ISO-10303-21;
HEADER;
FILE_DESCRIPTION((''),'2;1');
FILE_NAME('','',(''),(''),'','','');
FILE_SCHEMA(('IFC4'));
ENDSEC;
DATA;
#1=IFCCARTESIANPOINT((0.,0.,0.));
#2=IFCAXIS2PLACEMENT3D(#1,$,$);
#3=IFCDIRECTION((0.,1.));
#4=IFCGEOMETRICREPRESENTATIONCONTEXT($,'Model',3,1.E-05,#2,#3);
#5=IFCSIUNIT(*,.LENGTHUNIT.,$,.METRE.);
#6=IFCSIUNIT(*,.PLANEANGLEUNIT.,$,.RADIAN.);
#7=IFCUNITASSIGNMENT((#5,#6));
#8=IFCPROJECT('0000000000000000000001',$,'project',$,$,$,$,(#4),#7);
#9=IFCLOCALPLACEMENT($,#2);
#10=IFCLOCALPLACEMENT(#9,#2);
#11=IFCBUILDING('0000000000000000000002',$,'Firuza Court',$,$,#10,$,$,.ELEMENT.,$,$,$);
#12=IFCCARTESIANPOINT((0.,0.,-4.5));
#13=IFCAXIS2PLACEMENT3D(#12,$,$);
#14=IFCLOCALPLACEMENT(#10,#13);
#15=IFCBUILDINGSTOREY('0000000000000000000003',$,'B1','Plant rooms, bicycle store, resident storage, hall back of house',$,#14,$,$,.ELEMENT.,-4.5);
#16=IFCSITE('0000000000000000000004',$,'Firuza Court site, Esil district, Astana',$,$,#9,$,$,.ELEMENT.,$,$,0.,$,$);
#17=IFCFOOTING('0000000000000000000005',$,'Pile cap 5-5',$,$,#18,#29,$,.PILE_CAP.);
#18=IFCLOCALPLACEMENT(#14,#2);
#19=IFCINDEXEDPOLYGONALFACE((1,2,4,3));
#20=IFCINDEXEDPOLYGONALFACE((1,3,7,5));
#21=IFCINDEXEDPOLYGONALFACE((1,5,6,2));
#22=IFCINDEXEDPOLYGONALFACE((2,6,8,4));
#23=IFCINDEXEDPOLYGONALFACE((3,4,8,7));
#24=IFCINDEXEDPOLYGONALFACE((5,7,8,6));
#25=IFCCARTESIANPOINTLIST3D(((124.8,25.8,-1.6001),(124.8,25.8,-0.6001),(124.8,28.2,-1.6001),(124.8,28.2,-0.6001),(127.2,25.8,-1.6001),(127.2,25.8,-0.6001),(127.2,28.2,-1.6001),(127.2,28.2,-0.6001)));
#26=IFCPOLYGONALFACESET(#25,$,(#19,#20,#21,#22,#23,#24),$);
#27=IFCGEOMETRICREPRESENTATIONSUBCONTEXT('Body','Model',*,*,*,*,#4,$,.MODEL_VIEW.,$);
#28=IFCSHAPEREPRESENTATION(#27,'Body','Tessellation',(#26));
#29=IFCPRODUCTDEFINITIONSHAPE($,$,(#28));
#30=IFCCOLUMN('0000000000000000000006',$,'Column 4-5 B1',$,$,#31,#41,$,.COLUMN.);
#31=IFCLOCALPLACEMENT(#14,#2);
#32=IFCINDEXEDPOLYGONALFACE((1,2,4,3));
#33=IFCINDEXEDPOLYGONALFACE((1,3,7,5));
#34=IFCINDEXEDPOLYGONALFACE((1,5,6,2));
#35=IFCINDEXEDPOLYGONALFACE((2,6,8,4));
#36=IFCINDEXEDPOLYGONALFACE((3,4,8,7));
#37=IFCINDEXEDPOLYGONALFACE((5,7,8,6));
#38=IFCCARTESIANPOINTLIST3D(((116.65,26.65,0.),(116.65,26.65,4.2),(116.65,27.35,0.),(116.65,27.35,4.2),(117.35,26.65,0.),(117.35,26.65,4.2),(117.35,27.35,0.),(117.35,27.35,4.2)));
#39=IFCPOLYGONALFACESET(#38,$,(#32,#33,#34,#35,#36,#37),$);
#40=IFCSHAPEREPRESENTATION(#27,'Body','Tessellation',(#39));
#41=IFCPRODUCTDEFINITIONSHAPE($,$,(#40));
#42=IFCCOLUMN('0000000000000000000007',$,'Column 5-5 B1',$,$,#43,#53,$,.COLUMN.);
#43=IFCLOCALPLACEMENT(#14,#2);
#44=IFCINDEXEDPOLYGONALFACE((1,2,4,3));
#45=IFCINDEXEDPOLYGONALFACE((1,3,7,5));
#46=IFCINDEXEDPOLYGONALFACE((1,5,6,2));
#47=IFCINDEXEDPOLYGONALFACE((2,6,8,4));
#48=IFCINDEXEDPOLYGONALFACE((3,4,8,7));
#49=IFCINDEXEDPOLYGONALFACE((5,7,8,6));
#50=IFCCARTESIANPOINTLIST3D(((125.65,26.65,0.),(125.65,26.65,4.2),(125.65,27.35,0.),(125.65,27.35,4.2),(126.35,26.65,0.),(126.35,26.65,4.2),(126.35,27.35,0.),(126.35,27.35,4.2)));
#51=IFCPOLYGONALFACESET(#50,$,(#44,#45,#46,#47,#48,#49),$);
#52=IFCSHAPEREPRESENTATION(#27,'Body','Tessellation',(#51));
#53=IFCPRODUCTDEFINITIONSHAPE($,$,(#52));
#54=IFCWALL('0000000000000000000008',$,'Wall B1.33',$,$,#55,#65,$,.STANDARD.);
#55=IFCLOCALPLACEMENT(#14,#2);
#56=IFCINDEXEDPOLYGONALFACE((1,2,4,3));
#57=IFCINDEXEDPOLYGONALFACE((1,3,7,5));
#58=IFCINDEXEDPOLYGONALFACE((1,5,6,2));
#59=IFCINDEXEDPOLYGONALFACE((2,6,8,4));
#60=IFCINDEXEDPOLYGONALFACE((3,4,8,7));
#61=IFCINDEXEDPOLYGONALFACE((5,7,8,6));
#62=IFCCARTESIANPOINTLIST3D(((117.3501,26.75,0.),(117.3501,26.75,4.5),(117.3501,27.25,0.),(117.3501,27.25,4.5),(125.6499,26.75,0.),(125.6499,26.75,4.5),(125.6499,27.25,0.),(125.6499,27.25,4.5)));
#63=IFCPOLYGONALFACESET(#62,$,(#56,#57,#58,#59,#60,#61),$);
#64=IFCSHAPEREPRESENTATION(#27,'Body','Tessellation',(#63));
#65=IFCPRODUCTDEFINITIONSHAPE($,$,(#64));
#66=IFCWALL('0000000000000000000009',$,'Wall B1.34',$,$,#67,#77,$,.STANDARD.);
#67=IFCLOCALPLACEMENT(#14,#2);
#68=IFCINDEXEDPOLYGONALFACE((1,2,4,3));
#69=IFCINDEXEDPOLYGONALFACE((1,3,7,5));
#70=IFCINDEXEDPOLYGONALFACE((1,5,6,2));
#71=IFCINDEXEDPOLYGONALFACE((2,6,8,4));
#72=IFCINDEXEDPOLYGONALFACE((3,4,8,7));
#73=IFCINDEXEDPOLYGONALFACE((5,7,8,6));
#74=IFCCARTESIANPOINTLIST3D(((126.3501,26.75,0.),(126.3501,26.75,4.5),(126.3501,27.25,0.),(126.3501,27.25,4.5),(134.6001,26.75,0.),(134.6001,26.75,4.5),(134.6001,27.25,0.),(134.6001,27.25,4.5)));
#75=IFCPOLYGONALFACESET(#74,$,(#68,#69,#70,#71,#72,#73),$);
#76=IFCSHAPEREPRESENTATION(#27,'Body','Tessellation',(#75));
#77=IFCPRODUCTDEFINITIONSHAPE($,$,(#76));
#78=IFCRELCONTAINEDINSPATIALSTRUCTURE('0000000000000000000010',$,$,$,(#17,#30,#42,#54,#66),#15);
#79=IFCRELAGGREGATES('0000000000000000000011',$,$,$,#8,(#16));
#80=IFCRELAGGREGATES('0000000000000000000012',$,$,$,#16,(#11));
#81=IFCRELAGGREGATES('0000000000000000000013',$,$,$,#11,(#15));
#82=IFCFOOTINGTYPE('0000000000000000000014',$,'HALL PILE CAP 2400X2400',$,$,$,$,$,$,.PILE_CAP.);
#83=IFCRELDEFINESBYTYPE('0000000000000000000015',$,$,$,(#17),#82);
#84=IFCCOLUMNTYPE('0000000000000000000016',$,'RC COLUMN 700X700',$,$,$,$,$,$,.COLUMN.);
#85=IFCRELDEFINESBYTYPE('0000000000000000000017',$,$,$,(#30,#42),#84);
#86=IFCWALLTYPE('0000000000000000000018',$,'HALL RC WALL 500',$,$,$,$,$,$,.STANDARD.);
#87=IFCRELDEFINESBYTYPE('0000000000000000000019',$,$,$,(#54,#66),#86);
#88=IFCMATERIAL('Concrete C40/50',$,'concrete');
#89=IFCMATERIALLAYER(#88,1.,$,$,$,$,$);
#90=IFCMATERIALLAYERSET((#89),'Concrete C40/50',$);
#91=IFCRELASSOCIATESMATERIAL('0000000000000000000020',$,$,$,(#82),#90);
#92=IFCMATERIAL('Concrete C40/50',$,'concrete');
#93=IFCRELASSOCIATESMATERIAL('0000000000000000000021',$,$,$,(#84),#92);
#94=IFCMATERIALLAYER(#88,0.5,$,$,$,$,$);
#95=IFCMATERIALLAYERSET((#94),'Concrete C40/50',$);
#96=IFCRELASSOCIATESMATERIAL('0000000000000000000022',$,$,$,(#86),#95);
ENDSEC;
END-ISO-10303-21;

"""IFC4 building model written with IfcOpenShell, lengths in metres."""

from ifc_helpers import new_model, si_unit, direction, frame, frame_2d, origin, origin_2d, place, context, subcontext, project, spatial, rectangle, extrude, material, layer, layer_set, material_profile, profile_set, type_object, element, save


model = new_model("IFC4")

# Units and contexts
model_context = context("Model", 3, precision=1e-05, world=origin(), true_north=direction((0.0, 1.0)))
body_context = subcontext(model_context, "Body", "Model", "MODEL_VIEW")
ifc_project = project(units=[si_unit("LENGTHUNIT", "METRE"), si_unit("PLANEANGLEUNIT", "RADIAN")], contexts=[model_context])

# Site, building, storey
site_placement = place(None, origin())
site = spatial("IfcSite", under=ifc_project, at=site_placement, Name="Firuza Court site, Esil district, Astana", CompositionType="ELEMENT", RefElevation=0.0)
building_placement = place(site_placement, origin())
building = spatial("IfcBuilding", under=site, at=building_placement, Name="Firuza Court", CompositionType="ELEMENT")
storey_placement = place(building_placement, frame((0.0, 0.0, -4.5)))
storey = spatial("IfcBuildingStorey", under=building, at=storey_placement, Name="B1", Description="Plant rooms, bicycle store, resident storage, hall back of house", CompositionType="ELEMENT", Elevation=-4.5)

# Footing
ifc_material_1 = material(Name="Concrete C40/50", Category="concrete")
ifc_layer_1 = layer(ifc_material_1, 1.0)
ifc_layer_set_1 = layer_set([ifc_layer_1], Name="Concrete C40/50")
footing_type = type_object("IfcFootingType", Name="HALL PILE CAP 2400X2400", PredefinedType="PILE_CAP", material=ifc_layer_set_1)
for number, where, z_axis, x_axis, name in (
    (1, (126.0, 27.0, -1.6001), (0.0, 0.0, 1.0), (1.0, 0.0, 0.0), "Pile cap 5-5"),
):
    element("IfcFooting", number, at=place(storey_placement, frame(where, z_axis=z_axis, x_axis=x_axis)), inside=storey, type_object=footing_type, Name=name, PredefinedType="PILE_CAP", context=body_context, shape_type="SweptSolid", body=[
        extrude(rectangle(XDim=2.3999, YDim=2.3999, at=origin_2d()), origin(), (0.0, 0.0, 1.0), 1.0),
    ])

# Columns
ifc_material_2 = material(Name="Concrete C40/50", Category="concrete")
ifc_material_profile_1 = material_profile(ifc_material_2, rectangle(XDim=0.7, YDim=0.7, at=origin_2d()), Name="RC 700X700")
ifc_profile_set_1 = profile_set([ifc_material_profile_1], Name="Concrete C40/50")
column_type = type_object("IfcColumnType", Name="RC COLUMN 700X700", PredefinedType="COLUMN", material=ifc_profile_set_1)
for number, where, z_axis, x_axis, name in (
    (2, (117.0, 27.0, 0.0), (0.0, 0.0, 1.0), (1.0, 0.0, 0.0), "Column 4-5 B1"),
    (3, (126.0, 27.0, 0.0), (0.0, 0.0, 1.0), (1.0, 0.0, 0.0), "Column 5-5 B1"),
):
    element("IfcColumn", number, at=place(storey_placement, frame(where, z_axis=z_axis, x_axis=x_axis)), inside=storey, type_object=column_type, Name=name, PredefinedType="COLUMN", context=body_context, shape_type="SweptSolid", body=[
        extrude(rectangle(XDim=0.7, YDim=0.7, at=origin_2d()), origin(), (0.0, 0.0, 1.0), 4.2),
    ])

# Walls
ifc_layer_2 = layer(ifc_material_1, 0.5)
ifc_layer_set_2 = layer_set([ifc_layer_2], Name="Concrete C40/50")
wall_type = type_object("IfcWallType", Name="HALL RC WALL 500", PredefinedType="STANDARD", material=ifc_layer_set_2)
wall_1_placement = place(storey_placement, frame((117.3501, 27.0, 0.0), z_axis=(0.0, 0.0, 1.0), x_axis=(1.0, 0.0, 0.0)))
element("IfcWall", 4, at=wall_1_placement, inside=storey, type_object=wall_type, Name="Wall B1.33", PredefinedType="STANDARD", context=body_context, shape_type="SweptSolid", body=[
    extrude(rectangle(XDim=8.2998, YDim=0.5, at=frame_2d((4.1499, 0.0))), origin(), (0.0, 0.0, 1.0), 4.5),
])
wall_2_placement = place(storey_placement, frame((126.3501, 27.0, 0.0), z_axis=(0.0, 0.0, 1.0), x_axis=(1.0, 0.0, 0.0)))
element("IfcWall", 5, at=wall_2_placement, inside=storey, type_object=wall_type, Name="Wall B1.34", PredefinedType="STANDARD", context=body_context, shape_type="SweptSolid", body=[
    extrude(rectangle(XDim=8.25, YDim=0.5, at=frame_2d((4.125, 0.0))), origin(), (0.0, 0.0, 1.0), 4.5),
])

save(model, "model.ifc")
